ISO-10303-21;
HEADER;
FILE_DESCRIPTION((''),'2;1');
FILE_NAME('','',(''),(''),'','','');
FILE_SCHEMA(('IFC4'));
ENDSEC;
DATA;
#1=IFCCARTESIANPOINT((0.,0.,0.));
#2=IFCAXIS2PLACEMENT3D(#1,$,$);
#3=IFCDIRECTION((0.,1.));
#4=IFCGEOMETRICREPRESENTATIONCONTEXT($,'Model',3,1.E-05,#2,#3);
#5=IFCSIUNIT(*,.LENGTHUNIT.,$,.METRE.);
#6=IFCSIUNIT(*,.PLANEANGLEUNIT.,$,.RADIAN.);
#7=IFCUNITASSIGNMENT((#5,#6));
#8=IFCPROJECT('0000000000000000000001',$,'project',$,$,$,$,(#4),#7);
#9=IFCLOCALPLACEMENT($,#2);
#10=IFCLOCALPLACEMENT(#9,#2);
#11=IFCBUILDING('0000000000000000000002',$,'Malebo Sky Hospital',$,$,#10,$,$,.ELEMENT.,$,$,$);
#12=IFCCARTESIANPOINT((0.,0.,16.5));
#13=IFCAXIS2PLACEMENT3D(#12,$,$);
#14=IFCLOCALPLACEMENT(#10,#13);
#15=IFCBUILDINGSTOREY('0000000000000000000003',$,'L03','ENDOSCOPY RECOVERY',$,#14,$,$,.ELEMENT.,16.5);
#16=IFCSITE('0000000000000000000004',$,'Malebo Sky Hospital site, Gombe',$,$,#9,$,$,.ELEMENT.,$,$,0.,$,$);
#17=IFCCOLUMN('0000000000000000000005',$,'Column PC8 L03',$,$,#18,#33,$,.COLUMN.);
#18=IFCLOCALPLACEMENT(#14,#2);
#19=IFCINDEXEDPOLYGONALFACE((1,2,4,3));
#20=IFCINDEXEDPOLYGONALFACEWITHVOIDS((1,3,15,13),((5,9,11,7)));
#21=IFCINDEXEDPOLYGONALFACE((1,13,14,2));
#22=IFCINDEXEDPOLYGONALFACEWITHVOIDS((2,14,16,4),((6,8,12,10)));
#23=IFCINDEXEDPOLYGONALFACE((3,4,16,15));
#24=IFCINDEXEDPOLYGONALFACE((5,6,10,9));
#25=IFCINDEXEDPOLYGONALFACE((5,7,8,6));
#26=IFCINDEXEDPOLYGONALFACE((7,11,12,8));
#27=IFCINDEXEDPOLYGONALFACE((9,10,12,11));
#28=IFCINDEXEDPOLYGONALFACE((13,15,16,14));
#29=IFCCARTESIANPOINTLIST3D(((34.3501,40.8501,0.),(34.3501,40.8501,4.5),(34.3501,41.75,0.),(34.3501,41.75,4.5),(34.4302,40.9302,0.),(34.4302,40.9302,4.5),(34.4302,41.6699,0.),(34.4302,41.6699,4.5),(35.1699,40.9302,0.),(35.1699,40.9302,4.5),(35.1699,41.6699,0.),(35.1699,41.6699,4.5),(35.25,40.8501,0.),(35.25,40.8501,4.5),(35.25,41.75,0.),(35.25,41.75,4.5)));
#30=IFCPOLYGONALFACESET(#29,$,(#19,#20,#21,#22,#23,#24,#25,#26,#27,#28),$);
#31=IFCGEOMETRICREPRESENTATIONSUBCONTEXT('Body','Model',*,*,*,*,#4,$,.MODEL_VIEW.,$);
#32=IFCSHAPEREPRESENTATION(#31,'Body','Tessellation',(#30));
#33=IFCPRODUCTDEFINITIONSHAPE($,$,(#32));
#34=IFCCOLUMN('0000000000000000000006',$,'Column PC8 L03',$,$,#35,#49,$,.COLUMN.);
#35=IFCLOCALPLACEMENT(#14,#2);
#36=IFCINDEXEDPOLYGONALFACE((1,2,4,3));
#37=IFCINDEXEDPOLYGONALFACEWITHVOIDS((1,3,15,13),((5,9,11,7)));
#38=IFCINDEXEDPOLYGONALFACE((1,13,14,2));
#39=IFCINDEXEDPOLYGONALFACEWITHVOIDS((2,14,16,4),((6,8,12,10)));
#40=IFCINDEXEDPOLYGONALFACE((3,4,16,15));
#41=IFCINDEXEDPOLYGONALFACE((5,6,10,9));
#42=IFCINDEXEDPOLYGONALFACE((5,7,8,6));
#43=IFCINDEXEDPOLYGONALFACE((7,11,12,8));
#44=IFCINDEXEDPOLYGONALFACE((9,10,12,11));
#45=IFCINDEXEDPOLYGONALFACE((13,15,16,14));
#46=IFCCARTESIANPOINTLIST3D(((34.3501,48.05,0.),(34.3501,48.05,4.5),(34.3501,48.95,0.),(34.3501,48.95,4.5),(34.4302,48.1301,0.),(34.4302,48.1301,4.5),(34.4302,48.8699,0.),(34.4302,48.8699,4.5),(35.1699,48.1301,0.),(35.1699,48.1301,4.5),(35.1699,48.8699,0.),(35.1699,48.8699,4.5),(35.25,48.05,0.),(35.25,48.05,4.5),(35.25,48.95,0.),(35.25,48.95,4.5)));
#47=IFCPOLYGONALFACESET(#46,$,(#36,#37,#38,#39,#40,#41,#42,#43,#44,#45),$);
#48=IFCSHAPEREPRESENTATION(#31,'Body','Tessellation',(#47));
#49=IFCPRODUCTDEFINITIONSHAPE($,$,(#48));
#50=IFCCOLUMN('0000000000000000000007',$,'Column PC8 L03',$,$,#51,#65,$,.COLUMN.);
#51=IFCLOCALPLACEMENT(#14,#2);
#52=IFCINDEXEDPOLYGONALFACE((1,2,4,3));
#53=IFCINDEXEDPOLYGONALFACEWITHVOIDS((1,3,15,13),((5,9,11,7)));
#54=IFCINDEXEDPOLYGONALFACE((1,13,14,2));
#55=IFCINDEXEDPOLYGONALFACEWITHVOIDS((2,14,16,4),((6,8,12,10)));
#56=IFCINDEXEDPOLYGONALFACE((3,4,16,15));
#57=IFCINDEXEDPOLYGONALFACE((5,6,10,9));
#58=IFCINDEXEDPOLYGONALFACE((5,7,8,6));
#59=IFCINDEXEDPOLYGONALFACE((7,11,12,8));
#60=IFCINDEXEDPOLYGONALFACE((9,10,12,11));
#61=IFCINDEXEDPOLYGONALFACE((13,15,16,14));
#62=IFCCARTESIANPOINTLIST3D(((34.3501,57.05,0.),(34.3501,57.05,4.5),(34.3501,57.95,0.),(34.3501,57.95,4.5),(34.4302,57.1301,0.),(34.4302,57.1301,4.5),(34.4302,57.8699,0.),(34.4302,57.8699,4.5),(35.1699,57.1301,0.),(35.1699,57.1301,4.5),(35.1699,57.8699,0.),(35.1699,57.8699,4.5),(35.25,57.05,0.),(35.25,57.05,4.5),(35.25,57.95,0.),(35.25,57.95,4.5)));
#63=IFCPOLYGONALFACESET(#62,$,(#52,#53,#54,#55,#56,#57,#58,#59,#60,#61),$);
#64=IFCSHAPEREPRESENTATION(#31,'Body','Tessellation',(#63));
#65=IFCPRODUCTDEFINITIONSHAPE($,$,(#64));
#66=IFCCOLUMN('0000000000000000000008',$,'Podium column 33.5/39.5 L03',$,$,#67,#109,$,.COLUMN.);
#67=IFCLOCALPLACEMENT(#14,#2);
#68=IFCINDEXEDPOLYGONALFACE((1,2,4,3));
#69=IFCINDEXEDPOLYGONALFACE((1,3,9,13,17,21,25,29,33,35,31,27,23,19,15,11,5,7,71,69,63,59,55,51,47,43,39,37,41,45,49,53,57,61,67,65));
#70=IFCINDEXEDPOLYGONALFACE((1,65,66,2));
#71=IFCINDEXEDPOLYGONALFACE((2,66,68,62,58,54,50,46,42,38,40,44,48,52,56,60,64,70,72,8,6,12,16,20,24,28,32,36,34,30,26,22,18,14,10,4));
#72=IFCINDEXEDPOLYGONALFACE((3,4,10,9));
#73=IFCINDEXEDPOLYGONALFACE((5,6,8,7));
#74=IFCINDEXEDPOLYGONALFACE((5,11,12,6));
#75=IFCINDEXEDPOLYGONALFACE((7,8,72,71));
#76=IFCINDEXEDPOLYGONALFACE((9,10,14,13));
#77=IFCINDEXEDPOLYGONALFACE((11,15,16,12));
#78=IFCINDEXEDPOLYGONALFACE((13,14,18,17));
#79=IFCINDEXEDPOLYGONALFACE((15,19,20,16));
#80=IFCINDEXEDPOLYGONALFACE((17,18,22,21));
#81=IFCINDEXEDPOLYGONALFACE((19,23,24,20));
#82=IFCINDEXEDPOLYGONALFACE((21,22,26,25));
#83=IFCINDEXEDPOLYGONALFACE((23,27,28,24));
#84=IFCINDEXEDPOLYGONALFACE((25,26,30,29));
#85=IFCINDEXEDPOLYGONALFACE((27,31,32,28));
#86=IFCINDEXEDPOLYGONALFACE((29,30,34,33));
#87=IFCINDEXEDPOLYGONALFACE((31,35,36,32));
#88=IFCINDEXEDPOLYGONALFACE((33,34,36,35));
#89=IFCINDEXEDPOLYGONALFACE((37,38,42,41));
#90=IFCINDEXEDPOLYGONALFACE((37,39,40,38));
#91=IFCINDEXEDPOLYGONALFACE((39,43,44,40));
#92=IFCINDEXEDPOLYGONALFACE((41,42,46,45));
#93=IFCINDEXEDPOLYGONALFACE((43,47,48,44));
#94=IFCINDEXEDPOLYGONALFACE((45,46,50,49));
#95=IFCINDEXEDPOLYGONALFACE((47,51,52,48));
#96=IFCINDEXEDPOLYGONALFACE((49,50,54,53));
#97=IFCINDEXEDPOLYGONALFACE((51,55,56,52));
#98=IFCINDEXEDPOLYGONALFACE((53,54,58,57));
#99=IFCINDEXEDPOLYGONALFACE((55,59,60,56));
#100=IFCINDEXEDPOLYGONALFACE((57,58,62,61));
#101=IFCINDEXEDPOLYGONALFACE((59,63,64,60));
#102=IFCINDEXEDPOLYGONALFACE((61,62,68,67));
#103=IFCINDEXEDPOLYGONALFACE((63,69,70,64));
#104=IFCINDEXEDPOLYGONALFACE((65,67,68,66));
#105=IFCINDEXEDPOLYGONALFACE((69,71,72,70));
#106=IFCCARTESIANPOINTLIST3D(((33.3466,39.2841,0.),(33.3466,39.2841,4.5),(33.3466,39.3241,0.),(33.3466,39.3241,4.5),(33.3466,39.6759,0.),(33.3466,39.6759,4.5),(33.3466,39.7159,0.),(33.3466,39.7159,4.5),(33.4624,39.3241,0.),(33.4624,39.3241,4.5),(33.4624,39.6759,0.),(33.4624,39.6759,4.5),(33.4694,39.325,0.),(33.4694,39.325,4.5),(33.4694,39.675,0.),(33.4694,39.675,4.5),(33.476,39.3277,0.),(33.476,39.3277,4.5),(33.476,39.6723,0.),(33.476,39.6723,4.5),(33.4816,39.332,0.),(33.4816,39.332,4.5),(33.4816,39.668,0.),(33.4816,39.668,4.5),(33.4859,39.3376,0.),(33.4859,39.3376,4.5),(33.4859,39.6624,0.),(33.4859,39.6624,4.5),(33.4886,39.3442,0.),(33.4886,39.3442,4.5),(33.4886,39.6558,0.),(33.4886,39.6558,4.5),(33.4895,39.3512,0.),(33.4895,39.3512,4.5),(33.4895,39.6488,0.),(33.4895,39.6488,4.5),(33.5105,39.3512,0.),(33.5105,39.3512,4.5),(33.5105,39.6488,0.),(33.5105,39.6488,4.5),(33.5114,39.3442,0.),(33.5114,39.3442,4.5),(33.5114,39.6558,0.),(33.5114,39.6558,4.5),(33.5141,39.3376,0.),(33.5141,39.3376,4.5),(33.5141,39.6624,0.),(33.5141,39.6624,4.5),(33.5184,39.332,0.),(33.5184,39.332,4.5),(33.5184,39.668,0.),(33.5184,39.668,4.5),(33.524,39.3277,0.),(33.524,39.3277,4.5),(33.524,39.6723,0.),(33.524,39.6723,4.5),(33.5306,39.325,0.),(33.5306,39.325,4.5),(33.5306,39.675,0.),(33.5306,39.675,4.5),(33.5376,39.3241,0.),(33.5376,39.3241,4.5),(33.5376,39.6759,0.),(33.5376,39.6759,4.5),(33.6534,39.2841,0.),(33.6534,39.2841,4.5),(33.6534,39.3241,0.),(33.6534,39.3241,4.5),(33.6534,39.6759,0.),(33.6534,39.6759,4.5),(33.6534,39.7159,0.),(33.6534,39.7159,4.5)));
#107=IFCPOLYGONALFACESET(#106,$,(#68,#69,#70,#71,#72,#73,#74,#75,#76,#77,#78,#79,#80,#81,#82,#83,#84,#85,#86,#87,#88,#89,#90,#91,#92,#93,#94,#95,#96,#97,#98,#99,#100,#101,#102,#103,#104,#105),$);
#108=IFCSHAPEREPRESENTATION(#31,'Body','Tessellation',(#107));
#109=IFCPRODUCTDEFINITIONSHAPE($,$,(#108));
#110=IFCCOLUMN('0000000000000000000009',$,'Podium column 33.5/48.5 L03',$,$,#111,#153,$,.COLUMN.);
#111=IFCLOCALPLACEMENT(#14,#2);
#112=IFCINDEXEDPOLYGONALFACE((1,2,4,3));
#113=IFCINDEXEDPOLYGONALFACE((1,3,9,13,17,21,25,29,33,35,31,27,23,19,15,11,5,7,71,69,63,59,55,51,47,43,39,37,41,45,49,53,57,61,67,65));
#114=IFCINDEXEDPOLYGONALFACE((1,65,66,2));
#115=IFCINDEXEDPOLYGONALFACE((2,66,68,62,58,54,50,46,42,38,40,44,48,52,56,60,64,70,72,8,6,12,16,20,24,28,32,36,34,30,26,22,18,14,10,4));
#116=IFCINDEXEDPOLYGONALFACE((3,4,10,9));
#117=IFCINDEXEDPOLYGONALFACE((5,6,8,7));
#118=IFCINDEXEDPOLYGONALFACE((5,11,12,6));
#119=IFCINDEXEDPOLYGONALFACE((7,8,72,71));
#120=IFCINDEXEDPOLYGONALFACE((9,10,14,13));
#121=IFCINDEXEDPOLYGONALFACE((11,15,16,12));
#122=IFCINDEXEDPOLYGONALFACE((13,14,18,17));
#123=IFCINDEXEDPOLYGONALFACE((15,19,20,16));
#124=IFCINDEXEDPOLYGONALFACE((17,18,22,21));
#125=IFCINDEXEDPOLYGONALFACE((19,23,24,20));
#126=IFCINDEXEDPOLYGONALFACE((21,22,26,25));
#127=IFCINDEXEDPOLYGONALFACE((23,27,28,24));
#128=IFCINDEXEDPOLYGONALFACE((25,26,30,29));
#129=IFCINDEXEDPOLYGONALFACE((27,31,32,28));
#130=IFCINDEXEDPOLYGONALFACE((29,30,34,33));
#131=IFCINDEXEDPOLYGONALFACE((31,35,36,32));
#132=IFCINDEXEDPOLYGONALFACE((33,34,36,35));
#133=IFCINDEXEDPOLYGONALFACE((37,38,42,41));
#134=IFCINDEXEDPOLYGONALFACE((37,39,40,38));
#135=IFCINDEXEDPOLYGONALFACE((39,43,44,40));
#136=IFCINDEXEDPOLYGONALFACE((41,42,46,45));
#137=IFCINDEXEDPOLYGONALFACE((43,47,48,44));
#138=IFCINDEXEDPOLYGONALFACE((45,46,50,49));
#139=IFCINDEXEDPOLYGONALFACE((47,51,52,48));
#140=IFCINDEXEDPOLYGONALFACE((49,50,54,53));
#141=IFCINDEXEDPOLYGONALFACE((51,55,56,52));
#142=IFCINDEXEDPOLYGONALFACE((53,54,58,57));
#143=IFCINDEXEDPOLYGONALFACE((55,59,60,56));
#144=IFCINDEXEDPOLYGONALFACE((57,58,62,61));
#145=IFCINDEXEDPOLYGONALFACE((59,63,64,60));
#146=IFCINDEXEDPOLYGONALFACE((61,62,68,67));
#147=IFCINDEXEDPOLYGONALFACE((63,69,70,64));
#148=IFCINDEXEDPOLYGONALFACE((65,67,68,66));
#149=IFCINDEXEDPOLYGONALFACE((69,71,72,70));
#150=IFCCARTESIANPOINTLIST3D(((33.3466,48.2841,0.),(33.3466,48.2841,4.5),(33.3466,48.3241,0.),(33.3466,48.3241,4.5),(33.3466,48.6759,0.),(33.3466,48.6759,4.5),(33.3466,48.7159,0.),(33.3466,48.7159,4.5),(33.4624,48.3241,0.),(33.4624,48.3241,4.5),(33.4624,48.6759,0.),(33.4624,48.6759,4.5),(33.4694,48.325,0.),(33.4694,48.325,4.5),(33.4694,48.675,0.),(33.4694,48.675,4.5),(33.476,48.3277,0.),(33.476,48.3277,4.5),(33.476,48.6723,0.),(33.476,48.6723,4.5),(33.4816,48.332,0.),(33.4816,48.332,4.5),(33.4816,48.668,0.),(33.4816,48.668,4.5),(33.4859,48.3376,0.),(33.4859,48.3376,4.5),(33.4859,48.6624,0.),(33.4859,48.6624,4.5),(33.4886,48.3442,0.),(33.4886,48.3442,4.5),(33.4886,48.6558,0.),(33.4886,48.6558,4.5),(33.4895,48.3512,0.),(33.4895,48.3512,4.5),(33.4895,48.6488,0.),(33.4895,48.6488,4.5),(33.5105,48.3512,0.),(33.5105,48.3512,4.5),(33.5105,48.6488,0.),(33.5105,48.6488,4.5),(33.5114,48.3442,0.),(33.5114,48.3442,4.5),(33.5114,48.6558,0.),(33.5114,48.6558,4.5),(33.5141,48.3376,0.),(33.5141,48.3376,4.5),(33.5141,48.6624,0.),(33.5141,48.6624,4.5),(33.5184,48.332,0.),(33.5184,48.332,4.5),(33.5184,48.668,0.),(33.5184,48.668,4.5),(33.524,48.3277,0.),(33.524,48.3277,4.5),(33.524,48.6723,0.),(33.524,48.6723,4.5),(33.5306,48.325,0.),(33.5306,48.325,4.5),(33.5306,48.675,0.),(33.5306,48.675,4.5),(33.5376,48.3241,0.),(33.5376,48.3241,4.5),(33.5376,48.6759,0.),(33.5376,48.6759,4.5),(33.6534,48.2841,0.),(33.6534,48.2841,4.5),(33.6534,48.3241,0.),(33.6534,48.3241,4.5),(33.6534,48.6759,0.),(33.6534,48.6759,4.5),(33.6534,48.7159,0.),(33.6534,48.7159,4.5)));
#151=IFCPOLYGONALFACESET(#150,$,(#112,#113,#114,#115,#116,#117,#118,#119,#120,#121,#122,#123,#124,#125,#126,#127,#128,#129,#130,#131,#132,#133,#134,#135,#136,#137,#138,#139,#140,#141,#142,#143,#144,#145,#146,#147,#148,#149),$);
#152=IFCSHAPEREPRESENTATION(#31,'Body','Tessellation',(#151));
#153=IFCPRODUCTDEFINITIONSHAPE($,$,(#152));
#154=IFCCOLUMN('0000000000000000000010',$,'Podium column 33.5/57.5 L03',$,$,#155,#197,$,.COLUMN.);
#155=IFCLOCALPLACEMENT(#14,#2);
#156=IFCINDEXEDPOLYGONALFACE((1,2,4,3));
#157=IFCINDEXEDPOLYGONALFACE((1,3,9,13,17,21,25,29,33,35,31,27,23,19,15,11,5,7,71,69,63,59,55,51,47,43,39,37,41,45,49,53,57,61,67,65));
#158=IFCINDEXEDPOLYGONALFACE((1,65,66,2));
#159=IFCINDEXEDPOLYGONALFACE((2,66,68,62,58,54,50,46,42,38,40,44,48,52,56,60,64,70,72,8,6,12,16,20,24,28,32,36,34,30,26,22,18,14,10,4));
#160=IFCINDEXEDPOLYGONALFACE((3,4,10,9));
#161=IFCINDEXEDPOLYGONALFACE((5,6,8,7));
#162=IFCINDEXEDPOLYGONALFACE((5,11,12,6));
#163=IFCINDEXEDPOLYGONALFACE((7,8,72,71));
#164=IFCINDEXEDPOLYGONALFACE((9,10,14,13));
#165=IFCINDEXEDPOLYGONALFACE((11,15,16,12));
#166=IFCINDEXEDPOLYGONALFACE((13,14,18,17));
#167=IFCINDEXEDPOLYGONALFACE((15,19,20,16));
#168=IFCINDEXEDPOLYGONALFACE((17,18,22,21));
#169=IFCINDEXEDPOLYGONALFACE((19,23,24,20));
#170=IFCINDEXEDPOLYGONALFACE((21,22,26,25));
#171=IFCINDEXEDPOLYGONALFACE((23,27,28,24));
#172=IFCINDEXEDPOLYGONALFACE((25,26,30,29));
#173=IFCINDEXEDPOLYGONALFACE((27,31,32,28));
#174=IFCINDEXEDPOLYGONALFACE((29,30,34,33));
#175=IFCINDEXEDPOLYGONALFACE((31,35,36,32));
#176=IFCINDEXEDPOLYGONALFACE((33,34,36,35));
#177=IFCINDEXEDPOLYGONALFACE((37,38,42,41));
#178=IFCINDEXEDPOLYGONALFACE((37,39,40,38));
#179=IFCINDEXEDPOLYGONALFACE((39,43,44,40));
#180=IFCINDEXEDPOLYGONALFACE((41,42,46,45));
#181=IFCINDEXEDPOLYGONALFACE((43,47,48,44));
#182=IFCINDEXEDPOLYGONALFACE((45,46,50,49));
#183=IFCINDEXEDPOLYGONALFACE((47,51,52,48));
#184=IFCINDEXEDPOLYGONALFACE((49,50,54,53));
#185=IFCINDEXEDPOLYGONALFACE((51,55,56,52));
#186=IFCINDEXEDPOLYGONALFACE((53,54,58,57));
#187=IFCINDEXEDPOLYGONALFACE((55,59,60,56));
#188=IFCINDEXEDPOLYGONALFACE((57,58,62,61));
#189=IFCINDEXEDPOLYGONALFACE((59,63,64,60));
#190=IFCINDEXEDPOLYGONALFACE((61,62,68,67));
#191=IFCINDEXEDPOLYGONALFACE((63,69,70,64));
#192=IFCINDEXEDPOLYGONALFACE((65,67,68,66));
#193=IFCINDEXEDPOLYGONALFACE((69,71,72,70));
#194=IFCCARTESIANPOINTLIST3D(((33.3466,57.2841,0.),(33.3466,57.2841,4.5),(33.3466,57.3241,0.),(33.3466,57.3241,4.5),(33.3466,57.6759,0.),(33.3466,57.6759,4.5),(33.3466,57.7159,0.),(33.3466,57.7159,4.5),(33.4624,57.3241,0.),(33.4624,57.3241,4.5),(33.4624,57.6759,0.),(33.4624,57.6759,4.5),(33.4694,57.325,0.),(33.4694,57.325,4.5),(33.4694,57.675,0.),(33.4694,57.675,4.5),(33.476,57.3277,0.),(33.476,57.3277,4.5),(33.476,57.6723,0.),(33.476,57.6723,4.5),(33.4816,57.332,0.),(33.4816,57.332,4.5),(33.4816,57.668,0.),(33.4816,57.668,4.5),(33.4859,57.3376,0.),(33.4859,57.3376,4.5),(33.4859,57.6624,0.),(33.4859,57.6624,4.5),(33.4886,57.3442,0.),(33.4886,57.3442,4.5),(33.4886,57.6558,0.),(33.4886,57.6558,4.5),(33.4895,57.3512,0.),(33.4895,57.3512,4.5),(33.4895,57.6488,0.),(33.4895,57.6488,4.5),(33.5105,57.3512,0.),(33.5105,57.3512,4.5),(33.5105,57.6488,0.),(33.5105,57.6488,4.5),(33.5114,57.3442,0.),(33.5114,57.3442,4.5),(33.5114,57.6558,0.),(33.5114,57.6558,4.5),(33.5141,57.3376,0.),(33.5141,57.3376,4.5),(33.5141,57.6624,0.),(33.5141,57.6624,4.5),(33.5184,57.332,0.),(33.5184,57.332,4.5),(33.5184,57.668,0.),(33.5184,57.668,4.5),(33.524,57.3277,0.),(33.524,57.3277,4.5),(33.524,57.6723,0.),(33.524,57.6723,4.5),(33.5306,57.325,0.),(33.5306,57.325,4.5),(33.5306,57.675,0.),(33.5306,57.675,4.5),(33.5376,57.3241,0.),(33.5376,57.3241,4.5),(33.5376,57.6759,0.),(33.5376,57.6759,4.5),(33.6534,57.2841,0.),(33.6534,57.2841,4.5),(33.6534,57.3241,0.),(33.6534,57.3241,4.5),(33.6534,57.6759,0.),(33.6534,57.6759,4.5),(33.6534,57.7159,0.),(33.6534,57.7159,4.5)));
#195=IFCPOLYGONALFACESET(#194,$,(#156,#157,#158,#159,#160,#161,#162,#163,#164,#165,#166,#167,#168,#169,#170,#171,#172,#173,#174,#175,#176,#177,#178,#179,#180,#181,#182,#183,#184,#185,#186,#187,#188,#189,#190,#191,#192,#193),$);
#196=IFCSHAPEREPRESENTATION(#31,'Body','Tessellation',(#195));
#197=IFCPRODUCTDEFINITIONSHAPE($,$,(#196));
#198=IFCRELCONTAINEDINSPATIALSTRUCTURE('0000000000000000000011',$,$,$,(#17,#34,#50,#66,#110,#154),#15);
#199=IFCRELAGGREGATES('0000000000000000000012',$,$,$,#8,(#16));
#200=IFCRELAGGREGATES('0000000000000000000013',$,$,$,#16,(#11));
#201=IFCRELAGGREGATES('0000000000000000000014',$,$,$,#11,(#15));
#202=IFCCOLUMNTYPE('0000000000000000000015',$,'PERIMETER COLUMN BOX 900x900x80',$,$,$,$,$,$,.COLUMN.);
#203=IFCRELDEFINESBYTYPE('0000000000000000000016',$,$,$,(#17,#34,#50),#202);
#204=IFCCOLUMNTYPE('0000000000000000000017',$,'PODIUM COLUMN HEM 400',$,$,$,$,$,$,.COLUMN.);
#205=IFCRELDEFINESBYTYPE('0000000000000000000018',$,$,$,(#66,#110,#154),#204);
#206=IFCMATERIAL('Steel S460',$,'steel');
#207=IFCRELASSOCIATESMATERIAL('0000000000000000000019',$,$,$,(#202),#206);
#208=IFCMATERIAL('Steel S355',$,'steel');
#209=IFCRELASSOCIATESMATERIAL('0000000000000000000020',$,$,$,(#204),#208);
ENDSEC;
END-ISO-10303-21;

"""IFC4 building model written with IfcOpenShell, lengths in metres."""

from ifc_helpers import new_model, si_unit, direction, frame, origin, origin_2d, place, context, subcontext, project, spatial, hollow_rectangle, i_section, extrude, material, material_profile, profile_set, type_object, element, save


model = new_model("IFC4")

# Units and contexts
model_context = context("Model", 3, precision=1e-05, world=origin(), true_north=direction((0.0, 1.0)))
body_context = subcontext(model_context, "Body", "Model", "MODEL_VIEW")
ifc_project = project(units=[si_unit("LENGTHUNIT", "METRE"), si_unit("PLANEANGLEUNIT", "RADIAN")], contexts=[model_context])

# Site, building, storey
site_placement = place(None, origin())
site = spatial("IfcSite", under=ifc_project, at=site_placement, Name="Malebo Sky Hospital site, Gombe", CompositionType="ELEMENT", RefElevation=0.0)
building_placement = place(site_placement, origin())
building = spatial("IfcBuilding", under=site, at=building_placement, Name="Malebo Sky Hospital", CompositionType="ELEMENT")
storey_placement = place(building_placement, frame((0.0, 0.0, 16.5)))
storey = spatial("IfcBuildingStorey", under=building, at=storey_placement, Name="L03", Description="ENDOSCOPY RECOVERY", CompositionType="ELEMENT", Elevation=16.5)

# Columns
ifc_material_1 = material(Name="Steel S460", Category="steel")
ifc_material_profile_1 = material_profile(ifc_material_1, hollow_rectangle(XDim=0.8999, YDim=0.8999, WallThickness=0.0801, at=origin_2d()), Name="BOX 900x900x80")
ifc_profile_set_1 = profile_set([ifc_material_profile_1], Name="Steel S460")
column_type_1 = type_object("IfcColumnType", Name="PERIMETER COLUMN BOX 900x900x80", PredefinedType="COLUMN", material=ifc_profile_set_1)
for number, where, z_axis, x_axis, name in (
    (1, (34.8, 41.3, 0.0), (0.0, 0.0, 1.0), (1.0, 0.0, 0.0), "Column PC8 L03"),
    (2, (34.8, 48.5, 0.0), (0.0, 0.0, 1.0), (1.0, 0.0, 0.0), "Column PC8 L03"),
    (3, (34.8, 57.5, 0.0), (0.0, 0.0, 1.0), (1.0, 0.0, 0.0), "Column PC8 L03"),
):
    element("IfcColumn", number, at=place(storey_placement, frame(where, z_axis=z_axis, x_axis=x_axis)), inside=storey, type_object=column_type_1, Name=name, PredefinedType="COLUMN", context=body_context, shape_type="SweptSolid", body=[
        extrude(hollow_rectangle(XDim=0.8999, YDim=0.8999, WallThickness=0.0801, at=origin_2d()), origin(), (0.0, 0.0, 1.0), 4.5),
    ])
ifc_material_2 = material(Name="Steel S355", Category="steel")
ifc_material_profile_2 = material_profile(ifc_material_2, i_section(OverallWidth=0.3069, OverallDepth=0.4319, WebThickness=0.021, FlangeThickness=0.04, FilletRadius=0.0271, at=origin_2d()), Name="HEM 400")
ifc_profile_set_2 = profile_set([ifc_material_profile_2], Name="Steel S355")
column_type_2 = type_object("IfcColumnType", Name="PODIUM COLUMN HEM 400", PredefinedType="COLUMN", material=ifc_profile_set_2)
for number, where, z_axis, x_axis, name in (
    (4, (33.5, 39.5, 0.0), (0.0, 0.0, 1.0), (1.0, 0.0, 0.0), "Podium column 33.5/39.5 L03"),
    (5, (33.5, 48.5, 0.0), (0.0, 0.0, 1.0), (1.0, 0.0, 0.0), "Podium column 33.5/48.5 L03"),
    (6, (33.5, 57.5, 0.0), (0.0, 0.0, 1.0), (1.0, 0.0, 0.0), "Podium column 33.5/57.5 L03"),
):
    element("IfcColumn", number, at=place(storey_placement, frame(where, z_axis=z_axis, x_axis=x_axis)), inside=storey, type_object=column_type_2, Name=name, PredefinedType="COLUMN", context=body_context, shape_type="SweptSolid", body=[
        extrude(i_section(OverallWidth=0.3069, OverallDepth=0.4319, WebThickness=0.021, FlangeThickness=0.04, FilletRadius=0.0271, at=origin_2d()), origin(), (0.0, 0.0, 1.0), 4.5),
    ])

save(model, "model.ifc")
